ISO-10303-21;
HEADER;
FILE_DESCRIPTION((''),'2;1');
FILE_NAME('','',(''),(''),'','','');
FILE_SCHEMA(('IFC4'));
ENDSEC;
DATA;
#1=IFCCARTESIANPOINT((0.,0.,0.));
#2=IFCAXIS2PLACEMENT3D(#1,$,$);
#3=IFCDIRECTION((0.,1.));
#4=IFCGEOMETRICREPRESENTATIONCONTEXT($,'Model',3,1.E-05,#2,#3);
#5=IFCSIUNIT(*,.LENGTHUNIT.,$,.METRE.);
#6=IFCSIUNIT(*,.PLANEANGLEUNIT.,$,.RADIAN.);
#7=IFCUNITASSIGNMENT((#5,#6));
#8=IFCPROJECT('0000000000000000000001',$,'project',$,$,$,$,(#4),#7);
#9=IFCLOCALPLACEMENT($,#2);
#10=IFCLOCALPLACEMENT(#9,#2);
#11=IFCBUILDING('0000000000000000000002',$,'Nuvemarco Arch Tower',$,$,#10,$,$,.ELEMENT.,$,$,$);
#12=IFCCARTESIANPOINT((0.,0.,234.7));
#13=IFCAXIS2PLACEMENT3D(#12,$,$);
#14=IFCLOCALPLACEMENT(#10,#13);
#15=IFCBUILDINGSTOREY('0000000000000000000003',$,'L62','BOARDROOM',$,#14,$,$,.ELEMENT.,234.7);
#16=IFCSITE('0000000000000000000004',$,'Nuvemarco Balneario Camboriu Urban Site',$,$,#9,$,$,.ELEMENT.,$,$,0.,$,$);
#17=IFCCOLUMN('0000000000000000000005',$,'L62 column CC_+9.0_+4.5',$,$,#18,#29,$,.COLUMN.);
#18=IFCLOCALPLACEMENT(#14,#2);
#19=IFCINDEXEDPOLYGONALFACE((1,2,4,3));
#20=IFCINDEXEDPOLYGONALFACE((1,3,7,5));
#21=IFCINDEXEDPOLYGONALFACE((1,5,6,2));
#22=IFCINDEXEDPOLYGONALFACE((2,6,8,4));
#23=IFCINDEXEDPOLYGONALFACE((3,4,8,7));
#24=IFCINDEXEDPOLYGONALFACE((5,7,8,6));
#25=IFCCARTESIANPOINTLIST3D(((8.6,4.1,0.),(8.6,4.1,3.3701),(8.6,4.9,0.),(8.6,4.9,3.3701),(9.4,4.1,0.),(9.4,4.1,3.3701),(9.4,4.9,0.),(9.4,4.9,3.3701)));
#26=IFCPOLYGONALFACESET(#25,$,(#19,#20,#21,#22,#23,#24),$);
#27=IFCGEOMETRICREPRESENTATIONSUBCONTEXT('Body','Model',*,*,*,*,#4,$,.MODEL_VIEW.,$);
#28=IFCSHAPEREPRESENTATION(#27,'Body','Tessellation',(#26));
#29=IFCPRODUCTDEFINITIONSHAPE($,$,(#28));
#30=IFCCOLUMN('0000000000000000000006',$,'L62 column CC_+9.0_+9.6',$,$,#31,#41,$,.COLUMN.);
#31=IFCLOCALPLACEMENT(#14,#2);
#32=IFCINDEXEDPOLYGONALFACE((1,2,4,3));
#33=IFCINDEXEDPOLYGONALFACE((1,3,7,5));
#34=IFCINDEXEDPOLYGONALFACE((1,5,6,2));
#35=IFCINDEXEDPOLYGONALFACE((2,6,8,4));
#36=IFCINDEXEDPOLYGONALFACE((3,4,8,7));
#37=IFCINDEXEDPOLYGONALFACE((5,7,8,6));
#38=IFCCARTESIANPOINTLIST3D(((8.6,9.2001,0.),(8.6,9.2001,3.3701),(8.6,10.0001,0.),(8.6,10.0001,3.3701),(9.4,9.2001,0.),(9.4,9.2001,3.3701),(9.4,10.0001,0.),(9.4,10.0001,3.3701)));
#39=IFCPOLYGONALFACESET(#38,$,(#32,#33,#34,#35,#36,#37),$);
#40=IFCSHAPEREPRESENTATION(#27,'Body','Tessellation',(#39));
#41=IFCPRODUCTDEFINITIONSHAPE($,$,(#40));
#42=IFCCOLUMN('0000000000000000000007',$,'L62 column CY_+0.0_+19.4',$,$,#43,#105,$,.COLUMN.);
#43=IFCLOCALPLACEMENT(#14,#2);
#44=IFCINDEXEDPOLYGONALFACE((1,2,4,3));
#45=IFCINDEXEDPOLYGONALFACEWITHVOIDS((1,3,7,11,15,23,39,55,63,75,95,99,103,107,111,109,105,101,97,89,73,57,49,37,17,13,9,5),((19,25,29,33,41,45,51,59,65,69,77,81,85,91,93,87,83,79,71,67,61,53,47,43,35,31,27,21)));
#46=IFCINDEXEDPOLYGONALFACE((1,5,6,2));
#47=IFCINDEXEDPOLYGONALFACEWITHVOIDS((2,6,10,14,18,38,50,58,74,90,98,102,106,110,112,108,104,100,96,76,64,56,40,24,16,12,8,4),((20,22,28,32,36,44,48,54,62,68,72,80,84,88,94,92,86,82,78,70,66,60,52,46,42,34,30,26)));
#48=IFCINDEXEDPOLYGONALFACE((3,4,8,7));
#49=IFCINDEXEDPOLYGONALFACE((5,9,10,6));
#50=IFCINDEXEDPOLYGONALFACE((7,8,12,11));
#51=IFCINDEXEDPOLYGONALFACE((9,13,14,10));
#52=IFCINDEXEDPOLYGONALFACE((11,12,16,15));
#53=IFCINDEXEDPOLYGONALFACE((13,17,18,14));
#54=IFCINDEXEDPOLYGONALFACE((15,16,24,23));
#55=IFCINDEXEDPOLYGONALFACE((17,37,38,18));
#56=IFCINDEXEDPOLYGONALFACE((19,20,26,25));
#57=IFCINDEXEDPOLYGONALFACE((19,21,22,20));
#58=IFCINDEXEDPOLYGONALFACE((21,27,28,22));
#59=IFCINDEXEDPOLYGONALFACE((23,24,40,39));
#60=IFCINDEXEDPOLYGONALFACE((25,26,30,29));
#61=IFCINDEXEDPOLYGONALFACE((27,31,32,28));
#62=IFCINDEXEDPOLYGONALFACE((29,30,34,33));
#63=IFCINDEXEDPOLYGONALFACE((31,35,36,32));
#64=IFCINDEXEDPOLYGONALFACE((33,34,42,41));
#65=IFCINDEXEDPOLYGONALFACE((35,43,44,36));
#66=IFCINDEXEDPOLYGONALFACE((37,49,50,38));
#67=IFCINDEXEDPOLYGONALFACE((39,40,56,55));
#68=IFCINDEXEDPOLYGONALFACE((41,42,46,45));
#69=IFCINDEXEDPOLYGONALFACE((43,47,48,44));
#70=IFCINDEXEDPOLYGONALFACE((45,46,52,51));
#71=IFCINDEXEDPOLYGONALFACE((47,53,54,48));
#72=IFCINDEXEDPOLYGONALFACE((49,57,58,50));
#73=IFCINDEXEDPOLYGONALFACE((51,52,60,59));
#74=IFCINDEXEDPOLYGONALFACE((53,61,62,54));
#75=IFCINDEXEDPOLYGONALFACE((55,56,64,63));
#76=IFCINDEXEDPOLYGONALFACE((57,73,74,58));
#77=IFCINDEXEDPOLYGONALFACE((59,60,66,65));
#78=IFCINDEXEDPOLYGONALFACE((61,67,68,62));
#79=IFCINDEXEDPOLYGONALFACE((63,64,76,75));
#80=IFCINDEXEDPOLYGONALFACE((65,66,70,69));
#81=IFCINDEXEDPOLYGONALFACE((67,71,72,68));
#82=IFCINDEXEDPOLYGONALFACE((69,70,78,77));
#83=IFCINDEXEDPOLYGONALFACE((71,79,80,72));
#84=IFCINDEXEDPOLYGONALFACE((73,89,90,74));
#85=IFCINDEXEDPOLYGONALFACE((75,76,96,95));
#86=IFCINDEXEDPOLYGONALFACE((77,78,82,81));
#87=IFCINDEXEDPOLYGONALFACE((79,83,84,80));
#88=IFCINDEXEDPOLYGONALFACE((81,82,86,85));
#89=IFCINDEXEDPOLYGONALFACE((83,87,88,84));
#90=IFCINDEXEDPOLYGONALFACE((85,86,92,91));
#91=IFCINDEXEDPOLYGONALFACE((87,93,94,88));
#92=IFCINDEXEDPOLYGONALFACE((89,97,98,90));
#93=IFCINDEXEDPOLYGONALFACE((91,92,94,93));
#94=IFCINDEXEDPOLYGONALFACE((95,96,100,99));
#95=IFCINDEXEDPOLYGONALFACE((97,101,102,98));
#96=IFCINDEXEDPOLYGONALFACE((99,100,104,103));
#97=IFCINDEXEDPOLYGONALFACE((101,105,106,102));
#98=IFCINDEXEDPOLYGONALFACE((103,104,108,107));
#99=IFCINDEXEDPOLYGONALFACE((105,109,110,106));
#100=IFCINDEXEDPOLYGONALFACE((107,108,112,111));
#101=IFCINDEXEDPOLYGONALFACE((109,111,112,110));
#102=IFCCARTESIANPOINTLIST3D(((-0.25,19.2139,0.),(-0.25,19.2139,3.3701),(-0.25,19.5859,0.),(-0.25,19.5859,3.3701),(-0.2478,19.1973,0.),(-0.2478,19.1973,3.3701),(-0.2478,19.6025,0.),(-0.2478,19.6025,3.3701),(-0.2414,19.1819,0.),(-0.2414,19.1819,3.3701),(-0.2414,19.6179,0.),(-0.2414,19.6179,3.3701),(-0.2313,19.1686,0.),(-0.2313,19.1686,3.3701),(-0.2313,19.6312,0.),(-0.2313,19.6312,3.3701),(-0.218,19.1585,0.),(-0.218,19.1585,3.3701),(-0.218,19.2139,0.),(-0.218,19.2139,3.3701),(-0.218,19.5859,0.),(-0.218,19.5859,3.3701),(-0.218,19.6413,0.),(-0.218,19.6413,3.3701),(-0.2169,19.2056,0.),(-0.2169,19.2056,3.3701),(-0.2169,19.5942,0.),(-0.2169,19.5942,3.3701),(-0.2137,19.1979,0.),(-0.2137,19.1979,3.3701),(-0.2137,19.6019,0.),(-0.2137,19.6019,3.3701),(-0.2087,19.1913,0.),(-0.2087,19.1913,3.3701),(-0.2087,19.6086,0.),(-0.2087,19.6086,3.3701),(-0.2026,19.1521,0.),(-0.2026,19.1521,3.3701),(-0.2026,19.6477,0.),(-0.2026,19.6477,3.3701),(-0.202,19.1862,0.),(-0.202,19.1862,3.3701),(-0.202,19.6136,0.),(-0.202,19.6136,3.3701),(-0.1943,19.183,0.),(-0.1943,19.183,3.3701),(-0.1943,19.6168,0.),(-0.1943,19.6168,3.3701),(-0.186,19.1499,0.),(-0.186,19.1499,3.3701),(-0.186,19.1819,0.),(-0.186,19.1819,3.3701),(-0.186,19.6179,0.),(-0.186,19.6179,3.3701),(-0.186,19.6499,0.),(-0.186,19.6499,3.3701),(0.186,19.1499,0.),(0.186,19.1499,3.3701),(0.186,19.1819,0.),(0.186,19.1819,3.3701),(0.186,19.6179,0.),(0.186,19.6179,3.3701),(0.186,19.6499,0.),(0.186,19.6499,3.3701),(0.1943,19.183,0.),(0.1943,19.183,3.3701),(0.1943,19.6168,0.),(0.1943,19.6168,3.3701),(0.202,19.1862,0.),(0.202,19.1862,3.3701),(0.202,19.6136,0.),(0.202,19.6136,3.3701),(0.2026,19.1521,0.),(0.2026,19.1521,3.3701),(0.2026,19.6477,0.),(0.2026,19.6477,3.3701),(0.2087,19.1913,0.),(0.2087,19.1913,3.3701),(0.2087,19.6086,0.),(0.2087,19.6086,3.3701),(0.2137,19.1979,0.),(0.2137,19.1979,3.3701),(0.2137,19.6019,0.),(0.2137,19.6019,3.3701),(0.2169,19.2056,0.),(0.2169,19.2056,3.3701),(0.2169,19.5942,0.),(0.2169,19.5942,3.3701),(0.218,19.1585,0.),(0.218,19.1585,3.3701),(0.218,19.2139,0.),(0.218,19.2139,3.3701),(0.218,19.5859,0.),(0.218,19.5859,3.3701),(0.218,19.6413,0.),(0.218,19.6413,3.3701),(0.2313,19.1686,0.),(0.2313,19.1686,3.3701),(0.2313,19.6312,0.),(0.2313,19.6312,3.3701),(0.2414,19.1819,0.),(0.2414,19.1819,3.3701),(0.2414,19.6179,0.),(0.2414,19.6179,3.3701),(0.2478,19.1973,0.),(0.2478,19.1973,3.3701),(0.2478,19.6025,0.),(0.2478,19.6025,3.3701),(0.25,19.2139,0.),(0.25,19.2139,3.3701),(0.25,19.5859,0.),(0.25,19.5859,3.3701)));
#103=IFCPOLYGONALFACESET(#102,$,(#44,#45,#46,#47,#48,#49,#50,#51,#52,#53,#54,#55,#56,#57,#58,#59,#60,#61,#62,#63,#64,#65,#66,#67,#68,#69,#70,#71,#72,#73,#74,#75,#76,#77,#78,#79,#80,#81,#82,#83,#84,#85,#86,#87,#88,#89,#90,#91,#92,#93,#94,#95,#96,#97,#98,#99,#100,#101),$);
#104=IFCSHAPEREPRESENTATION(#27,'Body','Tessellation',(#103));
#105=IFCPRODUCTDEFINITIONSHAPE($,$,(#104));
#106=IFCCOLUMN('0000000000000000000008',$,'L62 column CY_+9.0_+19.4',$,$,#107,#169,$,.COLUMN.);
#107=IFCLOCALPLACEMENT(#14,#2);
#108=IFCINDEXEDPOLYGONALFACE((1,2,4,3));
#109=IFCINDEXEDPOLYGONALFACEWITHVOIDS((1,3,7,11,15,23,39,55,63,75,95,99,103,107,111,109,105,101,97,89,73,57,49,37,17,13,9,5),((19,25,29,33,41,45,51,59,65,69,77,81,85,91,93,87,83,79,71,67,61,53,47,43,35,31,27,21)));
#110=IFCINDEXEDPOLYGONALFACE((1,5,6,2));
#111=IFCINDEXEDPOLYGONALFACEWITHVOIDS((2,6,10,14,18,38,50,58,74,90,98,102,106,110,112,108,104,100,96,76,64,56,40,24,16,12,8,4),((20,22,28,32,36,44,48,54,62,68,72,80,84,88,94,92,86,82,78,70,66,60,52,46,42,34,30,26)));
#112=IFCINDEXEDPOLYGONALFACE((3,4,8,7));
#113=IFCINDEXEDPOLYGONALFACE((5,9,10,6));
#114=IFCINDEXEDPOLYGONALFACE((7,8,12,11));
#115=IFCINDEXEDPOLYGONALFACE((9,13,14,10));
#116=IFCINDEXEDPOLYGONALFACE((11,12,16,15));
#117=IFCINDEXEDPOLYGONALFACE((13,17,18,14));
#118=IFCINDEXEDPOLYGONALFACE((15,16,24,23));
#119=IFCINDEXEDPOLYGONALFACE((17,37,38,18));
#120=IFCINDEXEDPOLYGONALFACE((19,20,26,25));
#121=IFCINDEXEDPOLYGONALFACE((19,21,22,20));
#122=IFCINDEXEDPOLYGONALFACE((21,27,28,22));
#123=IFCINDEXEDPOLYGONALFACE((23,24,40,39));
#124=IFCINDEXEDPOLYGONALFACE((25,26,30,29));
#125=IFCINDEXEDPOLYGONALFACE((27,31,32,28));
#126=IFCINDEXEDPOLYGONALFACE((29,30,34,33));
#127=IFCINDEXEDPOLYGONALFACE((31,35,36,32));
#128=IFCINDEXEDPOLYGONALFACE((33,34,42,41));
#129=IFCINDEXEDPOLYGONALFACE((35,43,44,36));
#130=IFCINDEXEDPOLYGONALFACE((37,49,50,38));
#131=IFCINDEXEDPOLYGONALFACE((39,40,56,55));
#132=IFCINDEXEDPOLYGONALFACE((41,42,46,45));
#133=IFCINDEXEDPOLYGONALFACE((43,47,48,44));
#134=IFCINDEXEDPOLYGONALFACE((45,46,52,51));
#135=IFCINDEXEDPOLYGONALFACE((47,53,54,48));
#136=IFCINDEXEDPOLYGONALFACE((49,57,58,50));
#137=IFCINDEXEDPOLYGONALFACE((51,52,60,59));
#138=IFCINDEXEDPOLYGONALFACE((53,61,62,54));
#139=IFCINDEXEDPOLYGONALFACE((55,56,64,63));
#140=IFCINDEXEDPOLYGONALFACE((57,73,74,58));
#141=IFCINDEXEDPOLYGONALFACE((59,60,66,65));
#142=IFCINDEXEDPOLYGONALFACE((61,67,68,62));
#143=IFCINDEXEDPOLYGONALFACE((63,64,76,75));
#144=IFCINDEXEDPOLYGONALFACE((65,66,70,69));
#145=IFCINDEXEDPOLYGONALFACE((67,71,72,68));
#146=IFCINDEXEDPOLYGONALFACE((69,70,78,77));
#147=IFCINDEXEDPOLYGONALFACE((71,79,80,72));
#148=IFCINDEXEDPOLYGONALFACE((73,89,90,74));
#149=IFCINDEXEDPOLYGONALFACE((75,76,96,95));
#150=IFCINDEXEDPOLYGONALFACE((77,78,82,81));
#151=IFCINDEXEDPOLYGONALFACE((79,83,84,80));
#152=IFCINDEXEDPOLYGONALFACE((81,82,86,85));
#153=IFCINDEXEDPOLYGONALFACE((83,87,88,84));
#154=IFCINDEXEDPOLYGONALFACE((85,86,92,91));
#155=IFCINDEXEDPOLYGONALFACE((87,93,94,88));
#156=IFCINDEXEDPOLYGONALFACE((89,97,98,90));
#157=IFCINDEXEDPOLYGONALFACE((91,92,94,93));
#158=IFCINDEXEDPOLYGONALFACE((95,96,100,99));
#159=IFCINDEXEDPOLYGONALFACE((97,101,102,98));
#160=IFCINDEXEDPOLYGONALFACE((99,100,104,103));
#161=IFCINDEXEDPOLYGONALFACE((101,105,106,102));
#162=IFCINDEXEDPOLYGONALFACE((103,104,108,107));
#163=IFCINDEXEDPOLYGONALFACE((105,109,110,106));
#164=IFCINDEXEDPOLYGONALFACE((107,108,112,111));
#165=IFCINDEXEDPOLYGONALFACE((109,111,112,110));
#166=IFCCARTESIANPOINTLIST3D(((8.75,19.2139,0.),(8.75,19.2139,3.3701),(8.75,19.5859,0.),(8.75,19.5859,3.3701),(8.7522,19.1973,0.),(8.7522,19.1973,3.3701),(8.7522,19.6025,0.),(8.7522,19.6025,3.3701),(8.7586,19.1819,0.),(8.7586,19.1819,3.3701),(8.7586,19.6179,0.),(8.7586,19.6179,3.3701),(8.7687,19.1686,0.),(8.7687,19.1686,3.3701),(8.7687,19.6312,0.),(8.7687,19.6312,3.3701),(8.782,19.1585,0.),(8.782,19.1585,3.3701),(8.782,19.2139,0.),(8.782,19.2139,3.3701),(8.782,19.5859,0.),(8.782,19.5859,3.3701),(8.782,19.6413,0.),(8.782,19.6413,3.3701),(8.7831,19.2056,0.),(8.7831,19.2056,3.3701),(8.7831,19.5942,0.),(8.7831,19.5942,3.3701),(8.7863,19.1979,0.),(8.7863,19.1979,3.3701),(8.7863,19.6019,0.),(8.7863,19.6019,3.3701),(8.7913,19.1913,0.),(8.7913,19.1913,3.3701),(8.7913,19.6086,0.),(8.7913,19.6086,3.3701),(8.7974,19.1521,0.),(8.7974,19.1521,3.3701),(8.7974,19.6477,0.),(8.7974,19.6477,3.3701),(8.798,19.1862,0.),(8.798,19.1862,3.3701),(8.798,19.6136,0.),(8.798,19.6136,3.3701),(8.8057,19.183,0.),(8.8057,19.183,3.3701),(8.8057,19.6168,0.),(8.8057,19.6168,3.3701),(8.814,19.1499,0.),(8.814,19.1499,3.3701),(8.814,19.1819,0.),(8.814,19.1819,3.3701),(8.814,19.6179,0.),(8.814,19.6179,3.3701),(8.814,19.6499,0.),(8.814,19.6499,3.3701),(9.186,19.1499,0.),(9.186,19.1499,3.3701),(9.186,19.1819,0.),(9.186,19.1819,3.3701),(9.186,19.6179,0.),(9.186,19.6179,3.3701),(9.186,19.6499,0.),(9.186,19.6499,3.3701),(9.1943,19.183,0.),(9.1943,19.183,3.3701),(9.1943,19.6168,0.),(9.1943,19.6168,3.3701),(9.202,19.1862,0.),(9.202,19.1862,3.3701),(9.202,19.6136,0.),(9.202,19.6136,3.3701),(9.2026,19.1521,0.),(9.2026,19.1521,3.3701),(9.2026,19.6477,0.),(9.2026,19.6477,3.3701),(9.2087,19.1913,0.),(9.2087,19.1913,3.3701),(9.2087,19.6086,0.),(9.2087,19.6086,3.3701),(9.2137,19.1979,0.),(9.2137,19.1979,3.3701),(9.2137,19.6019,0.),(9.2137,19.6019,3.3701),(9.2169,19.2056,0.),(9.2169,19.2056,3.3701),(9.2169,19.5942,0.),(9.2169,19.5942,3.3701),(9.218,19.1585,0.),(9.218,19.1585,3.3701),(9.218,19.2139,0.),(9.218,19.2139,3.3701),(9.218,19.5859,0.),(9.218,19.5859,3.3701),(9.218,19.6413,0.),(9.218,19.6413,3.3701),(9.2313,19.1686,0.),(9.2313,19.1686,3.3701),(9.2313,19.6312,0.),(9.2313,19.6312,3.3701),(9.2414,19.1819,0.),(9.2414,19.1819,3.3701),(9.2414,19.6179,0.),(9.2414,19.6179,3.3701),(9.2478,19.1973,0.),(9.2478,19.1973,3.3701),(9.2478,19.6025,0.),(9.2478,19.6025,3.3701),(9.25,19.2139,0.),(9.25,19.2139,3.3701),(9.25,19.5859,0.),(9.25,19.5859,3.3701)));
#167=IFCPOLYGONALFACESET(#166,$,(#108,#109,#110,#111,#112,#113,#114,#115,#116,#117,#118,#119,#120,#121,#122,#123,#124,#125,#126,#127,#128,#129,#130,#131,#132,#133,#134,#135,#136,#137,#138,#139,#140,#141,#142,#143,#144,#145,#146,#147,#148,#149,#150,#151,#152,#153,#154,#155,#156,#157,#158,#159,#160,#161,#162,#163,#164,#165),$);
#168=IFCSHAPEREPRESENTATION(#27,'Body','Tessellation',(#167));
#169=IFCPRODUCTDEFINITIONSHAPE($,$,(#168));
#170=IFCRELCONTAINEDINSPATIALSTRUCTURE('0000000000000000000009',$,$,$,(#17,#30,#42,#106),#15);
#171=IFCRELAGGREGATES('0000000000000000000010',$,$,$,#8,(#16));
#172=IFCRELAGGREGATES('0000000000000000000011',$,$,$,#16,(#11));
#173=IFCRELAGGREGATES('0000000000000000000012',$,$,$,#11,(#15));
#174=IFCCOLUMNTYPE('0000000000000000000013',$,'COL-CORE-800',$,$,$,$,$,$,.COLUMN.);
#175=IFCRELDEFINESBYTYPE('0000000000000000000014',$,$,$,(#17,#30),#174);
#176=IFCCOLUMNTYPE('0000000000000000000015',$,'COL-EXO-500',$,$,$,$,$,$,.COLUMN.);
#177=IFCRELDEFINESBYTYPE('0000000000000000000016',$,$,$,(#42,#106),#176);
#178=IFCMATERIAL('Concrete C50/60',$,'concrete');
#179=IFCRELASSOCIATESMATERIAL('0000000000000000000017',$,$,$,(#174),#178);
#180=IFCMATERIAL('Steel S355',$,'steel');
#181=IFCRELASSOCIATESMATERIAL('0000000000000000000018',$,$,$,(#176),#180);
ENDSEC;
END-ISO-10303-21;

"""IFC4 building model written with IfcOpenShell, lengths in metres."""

from ifc_helpers import new_model, si_unit, direction, frame, origin, origin_2d, place, context, subcontext, project, spatial, rectangle, hollow_rectangle, extrude, material, material_profile, profile_set, type_object, element, save


model = new_model("IFC4")

# Units and contexts
model_context = context("Model", 3, precision=1e-05, world=origin(), true_north=direction((0.0, 1.0)))
body_context = subcontext(model_context, "Body", "Model", "MODEL_VIEW")
ifc_project = project(units=[si_unit("LENGTHUNIT", "METRE"), si_unit("PLANEANGLEUNIT", "RADIAN")], contexts=[model_context])

# Site, building, storey
site_placement = place(None, origin())
site = spatial("IfcSite", under=ifc_project, at=site_placement, Name="Nuvemarco Balneario Camboriu Urban Site", CompositionType="ELEMENT", RefElevation=0.0)
building_placement = place(site_placement, origin())
building = spatial("IfcBuilding", under=site, at=building_placement, Name="Nuvemarco Arch Tower", CompositionType="ELEMENT")
storey_placement = place(building_placement, frame((0.0, 0.0, 234.7)))
storey = spatial("IfcBuildingStorey", under=building, at=storey_placement, Name="L62", Description="BOARDROOM", CompositionType="ELEMENT", Elevation=234.7)

# Columns
ifc_material_1 = material(Name="Concrete C50/60", Category="concrete")
ifc_material_profile_1 = material_profile(ifc_material_1, rectangle(XDim=0.8, YDim=0.8, at=origin_2d()), Name="RC-COL-800x800")
ifc_profile_set_1 = profile_set([ifc_material_profile_1], Name="Concrete C50/60")
column_type_1 = type_object("IfcColumnType", Name="COL-CORE-800", PredefinedType="COLUMN", material=ifc_profile_set_1)
for number, where, z_axis, x_axis, name in (
    (1, (9.0, 4.5, 0.0), (0.0, 0.0, 1.0), (1.0, 0.0, 0.0), "L62 column CC_+9.0_+4.5"),
    (2, (9.0, 9.6001, 0.0), (0.0, 0.0, 1.0), (1.0, 0.0, 0.0), "L62 column CC_+9.0_+9.6"),
):
    element("IfcColumn", number, at=place(storey_placement, frame(where, z_axis=z_axis, x_axis=x_axis)), inside=storey, type_object=column_type_1, Name=name, PredefinedType="COLUMN", context=body_context, shape_type="SweptSolid", body=[
        extrude(rectangle(XDim=0.8, YDim=0.8, at=origin_2d()), origin(), (0.0, 0.0, 1.0), 3.3701),
    ])
ifc_material_2 = material(Name="Steel S355", Category="steel")
ifc_material_profile_2 = material_profile(ifc_material_2, hollow_rectangle(XDim=0.5, YDim=0.5, WallThickness=0.032, InnerFilletRadius=0.032, OuterFilletRadius=0.064, at=origin_2d()), Name="SHS500x500x32")
ifc_profile_set_2 = profile_set([ifc_material_profile_2], Name="Steel S355")
column_type_2 = type_object("IfcColumnType", Name="COL-EXO-500", PredefinedType="COLUMN", material=ifc_profile_set_2)
for number, where, z_axis, x_axis, name in (
    (3, (0.0, 19.3999, 0.0), (0.0, 0.0, 1.0), (1.0, 0.0, 0.0), "L62 column CY_+0.0_+19.4"),
    (4, (9.0, 19.3999, 0.0), (0.0, 0.0, 1.0), (1.0, 0.0, 0.0), "L62 column CY_+9.0_+19.4"),
):
    element("IfcColumn", number, at=place(storey_placement, frame(where, z_axis=z_axis, x_axis=x_axis)), inside=storey, type_object=column_type_2, Name=name, PredefinedType="COLUMN", context=body_context, shape_type="SweptSolid", body=[
        extrude(hollow_rectangle(XDim=0.5, YDim=0.5, WallThickness=0.032, InnerFilletRadius=0.032, OuterFilletRadius=0.064, at=origin_2d()), origin(), (0.0, 0.0, 1.0), 3.3701),
    ])

save(model, "model.ifc")
